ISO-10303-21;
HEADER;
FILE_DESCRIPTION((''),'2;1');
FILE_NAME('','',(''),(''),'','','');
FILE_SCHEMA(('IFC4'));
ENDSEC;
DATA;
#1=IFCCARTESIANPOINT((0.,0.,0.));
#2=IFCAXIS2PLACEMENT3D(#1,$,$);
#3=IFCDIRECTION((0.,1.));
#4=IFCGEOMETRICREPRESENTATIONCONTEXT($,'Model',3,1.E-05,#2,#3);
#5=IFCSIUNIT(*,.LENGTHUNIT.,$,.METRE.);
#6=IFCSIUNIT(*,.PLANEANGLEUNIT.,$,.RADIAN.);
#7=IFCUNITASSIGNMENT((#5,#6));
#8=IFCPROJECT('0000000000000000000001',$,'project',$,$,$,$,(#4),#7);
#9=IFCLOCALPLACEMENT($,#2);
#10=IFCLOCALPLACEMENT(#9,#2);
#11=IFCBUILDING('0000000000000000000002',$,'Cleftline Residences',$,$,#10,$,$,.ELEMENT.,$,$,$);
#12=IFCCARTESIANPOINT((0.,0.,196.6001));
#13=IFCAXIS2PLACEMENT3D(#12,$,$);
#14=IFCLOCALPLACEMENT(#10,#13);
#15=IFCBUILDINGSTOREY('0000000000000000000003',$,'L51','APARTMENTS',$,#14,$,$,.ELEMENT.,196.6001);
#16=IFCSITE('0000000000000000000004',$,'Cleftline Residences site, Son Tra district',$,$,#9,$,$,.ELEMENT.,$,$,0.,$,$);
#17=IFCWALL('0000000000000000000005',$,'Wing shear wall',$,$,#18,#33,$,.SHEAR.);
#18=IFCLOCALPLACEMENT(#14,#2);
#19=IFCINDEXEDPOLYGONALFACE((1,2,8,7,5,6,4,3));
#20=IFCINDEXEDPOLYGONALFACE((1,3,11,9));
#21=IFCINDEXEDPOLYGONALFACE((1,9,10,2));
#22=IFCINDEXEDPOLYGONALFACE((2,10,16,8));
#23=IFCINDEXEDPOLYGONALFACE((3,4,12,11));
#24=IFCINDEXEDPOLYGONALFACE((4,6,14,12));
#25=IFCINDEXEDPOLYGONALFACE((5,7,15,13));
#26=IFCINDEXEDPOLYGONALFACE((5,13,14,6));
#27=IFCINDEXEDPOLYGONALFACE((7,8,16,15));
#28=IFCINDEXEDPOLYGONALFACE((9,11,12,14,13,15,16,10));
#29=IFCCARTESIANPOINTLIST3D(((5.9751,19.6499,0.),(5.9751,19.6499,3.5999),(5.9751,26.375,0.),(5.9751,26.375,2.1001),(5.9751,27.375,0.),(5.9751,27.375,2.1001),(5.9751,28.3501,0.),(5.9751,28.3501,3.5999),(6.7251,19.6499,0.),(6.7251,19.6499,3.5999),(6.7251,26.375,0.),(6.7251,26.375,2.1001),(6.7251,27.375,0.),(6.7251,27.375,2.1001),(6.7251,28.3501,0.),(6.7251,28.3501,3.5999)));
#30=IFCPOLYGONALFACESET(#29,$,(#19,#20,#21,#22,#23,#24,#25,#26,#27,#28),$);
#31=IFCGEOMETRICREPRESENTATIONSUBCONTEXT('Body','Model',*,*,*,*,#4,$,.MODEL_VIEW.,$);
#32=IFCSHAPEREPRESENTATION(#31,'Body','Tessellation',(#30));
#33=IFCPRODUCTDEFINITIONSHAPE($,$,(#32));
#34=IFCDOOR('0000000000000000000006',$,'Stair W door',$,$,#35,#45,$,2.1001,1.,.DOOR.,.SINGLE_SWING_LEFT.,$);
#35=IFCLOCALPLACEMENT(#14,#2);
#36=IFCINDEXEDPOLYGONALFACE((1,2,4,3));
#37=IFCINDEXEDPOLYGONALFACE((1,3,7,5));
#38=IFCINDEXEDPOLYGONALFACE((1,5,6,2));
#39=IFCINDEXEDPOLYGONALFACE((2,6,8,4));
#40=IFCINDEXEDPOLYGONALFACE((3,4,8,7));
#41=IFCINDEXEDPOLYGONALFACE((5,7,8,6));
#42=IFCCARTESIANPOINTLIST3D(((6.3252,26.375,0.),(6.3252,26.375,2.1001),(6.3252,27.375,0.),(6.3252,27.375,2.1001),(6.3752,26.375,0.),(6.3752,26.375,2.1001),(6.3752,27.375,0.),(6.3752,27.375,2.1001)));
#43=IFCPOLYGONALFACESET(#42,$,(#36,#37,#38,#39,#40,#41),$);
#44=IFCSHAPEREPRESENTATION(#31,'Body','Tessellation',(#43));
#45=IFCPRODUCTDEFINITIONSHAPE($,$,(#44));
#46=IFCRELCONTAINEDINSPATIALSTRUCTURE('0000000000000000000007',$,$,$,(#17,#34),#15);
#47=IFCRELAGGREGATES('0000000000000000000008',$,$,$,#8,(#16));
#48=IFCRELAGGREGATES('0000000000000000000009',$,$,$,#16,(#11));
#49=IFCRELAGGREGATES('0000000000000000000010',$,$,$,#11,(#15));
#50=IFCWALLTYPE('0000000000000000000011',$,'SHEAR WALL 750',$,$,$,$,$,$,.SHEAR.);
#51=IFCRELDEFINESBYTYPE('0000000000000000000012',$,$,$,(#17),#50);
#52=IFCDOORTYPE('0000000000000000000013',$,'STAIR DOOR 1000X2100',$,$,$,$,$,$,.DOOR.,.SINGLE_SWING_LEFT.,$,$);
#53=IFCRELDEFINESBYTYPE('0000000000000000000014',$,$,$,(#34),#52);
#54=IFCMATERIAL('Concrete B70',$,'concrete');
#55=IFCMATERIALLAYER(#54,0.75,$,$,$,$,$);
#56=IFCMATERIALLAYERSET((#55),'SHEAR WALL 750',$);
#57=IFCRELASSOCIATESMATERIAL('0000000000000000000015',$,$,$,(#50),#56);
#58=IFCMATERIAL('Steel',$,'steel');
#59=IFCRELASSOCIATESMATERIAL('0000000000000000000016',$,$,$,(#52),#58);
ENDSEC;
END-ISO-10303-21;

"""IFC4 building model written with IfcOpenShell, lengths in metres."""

from ifc_helpers import new_model, si_unit, direction, frame, frame_2d, origin, place, context, subcontext, project, spatial, rectangle, extrude, material, layer, layer_set, type_object, element, fill, save


model = new_model("IFC4")

# Units and contexts
model_context = context("Model", 3, precision=1e-05, world=origin(), true_north=direction((0.0, 1.0)))
body_context = subcontext(model_context, "Body", "Model", "MODEL_VIEW")
ifc_project = project(units=[si_unit("LENGTHUNIT", "METRE"), si_unit("PLANEANGLEUNIT", "RADIAN")], contexts=[model_context])

# Site, building, storey
site_placement = place(None, origin())
site = spatial("IfcSite", under=ifc_project, at=site_placement, Name="Cleftline Residences site, Son Tra district", CompositionType="ELEMENT", RefElevation=0.0)
building_placement = place(site_placement, origin())
building = spatial("IfcBuilding", under=site, at=building_placement, Name="Cleftline Residences", CompositionType="ELEMENT")
storey_placement = place(building_placement, frame((0.0, 0.0, 196.6001)))
storey = spatial("IfcBuildingStorey", under=building, at=storey_placement, Name="L51", Description="APARTMENTS", CompositionType="ELEMENT", Elevation=196.6001)

# Shared definitions
ifc_material_1 = material(Name="Concrete B70", Category="concrete")
ifc_layer_1 = layer(ifc_material_1, 0.75)
ifc_layer_set_1 = layer_set([ifc_layer_1], Name="SHEAR WALL 750")
wall_type_1 = type_object("IfcWallType", Name="SHEAR WALL 750", PredefinedType="SHEAR", material=ifc_layer_set_1)

# Wall, opening, door
wall_1_placement = place(storey_placement, frame((6.3501, 19.6499, 0.0), z_axis=(0.0, 0.0, 1.0), x_axis=(0.0, 1.0, 0.0)))
wall_1 = element("IfcWall", 1, at=wall_1_placement, inside=storey, type_object=wall_type_1, Name="Wing shear wall", PredefinedType="SHEAR", context=body_context, shape_type="SweptSolid", body=[
    extrude(rectangle(XDim=8.7002, YDim=0.75, at=frame_2d((4.3501, 0.0))), origin(), (0.0, 0.0, 1.0), 3.5999),
])
opening_1_placement = place(wall_1_placement, frame((6.7251, 0.0, 0.0)))
opening_1 = element("IfcOpeningElement", 2, at=opening_1_placement, cuts=wall_1, PredefinedType="OPENING", context=body_context, shape_type="SweptSolid", body=[
    extrude(rectangle(XDim=1.0, YDim=2.1001, at=frame_2d((0.5, 1.05))), frame((0.0, 0.385, 0.0), z_axis=(0.0, -1.0, 0.0), x_axis=(1.0, 0.0, 0.0)), (0.0, 0.0, 1.0), 0.77),
])
ifc_material_2 = material(Name="Steel", Category="steel")
door_type_1 = type_object("IfcDoorType", Name="STAIR DOOR 1000X2100", OperationType="SINGLE_SWING_LEFT", PredefinedType="DOOR", material=ifc_material_2)
door_1_placement = place(opening_1_placement, origin())
door_1 = element("IfcDoor", 3, at=door_1_placement, inside=storey, type_object=door_type_1, Name="Stair W door", OperationType="SINGLE_SWING_LEFT", OverallHeight=2.1001, OverallWidth=1.0, PredefinedType="DOOR", context=body_context, shape_type="SweptSolid", body=[
    extrude(rectangle(XDim=1.0, YDim=2.1001, at=frame_2d((0.5, 1.05))), frame((0.0, 0.0249, 0.0), z_axis=(0.0, -1.0, 0.0), x_axis=(1.0, 0.0, 0.0)), (0.0, 0.0, 1.0), 0.05),
])
fill(opening_1, door_1)

save(model, "model.ifc")
